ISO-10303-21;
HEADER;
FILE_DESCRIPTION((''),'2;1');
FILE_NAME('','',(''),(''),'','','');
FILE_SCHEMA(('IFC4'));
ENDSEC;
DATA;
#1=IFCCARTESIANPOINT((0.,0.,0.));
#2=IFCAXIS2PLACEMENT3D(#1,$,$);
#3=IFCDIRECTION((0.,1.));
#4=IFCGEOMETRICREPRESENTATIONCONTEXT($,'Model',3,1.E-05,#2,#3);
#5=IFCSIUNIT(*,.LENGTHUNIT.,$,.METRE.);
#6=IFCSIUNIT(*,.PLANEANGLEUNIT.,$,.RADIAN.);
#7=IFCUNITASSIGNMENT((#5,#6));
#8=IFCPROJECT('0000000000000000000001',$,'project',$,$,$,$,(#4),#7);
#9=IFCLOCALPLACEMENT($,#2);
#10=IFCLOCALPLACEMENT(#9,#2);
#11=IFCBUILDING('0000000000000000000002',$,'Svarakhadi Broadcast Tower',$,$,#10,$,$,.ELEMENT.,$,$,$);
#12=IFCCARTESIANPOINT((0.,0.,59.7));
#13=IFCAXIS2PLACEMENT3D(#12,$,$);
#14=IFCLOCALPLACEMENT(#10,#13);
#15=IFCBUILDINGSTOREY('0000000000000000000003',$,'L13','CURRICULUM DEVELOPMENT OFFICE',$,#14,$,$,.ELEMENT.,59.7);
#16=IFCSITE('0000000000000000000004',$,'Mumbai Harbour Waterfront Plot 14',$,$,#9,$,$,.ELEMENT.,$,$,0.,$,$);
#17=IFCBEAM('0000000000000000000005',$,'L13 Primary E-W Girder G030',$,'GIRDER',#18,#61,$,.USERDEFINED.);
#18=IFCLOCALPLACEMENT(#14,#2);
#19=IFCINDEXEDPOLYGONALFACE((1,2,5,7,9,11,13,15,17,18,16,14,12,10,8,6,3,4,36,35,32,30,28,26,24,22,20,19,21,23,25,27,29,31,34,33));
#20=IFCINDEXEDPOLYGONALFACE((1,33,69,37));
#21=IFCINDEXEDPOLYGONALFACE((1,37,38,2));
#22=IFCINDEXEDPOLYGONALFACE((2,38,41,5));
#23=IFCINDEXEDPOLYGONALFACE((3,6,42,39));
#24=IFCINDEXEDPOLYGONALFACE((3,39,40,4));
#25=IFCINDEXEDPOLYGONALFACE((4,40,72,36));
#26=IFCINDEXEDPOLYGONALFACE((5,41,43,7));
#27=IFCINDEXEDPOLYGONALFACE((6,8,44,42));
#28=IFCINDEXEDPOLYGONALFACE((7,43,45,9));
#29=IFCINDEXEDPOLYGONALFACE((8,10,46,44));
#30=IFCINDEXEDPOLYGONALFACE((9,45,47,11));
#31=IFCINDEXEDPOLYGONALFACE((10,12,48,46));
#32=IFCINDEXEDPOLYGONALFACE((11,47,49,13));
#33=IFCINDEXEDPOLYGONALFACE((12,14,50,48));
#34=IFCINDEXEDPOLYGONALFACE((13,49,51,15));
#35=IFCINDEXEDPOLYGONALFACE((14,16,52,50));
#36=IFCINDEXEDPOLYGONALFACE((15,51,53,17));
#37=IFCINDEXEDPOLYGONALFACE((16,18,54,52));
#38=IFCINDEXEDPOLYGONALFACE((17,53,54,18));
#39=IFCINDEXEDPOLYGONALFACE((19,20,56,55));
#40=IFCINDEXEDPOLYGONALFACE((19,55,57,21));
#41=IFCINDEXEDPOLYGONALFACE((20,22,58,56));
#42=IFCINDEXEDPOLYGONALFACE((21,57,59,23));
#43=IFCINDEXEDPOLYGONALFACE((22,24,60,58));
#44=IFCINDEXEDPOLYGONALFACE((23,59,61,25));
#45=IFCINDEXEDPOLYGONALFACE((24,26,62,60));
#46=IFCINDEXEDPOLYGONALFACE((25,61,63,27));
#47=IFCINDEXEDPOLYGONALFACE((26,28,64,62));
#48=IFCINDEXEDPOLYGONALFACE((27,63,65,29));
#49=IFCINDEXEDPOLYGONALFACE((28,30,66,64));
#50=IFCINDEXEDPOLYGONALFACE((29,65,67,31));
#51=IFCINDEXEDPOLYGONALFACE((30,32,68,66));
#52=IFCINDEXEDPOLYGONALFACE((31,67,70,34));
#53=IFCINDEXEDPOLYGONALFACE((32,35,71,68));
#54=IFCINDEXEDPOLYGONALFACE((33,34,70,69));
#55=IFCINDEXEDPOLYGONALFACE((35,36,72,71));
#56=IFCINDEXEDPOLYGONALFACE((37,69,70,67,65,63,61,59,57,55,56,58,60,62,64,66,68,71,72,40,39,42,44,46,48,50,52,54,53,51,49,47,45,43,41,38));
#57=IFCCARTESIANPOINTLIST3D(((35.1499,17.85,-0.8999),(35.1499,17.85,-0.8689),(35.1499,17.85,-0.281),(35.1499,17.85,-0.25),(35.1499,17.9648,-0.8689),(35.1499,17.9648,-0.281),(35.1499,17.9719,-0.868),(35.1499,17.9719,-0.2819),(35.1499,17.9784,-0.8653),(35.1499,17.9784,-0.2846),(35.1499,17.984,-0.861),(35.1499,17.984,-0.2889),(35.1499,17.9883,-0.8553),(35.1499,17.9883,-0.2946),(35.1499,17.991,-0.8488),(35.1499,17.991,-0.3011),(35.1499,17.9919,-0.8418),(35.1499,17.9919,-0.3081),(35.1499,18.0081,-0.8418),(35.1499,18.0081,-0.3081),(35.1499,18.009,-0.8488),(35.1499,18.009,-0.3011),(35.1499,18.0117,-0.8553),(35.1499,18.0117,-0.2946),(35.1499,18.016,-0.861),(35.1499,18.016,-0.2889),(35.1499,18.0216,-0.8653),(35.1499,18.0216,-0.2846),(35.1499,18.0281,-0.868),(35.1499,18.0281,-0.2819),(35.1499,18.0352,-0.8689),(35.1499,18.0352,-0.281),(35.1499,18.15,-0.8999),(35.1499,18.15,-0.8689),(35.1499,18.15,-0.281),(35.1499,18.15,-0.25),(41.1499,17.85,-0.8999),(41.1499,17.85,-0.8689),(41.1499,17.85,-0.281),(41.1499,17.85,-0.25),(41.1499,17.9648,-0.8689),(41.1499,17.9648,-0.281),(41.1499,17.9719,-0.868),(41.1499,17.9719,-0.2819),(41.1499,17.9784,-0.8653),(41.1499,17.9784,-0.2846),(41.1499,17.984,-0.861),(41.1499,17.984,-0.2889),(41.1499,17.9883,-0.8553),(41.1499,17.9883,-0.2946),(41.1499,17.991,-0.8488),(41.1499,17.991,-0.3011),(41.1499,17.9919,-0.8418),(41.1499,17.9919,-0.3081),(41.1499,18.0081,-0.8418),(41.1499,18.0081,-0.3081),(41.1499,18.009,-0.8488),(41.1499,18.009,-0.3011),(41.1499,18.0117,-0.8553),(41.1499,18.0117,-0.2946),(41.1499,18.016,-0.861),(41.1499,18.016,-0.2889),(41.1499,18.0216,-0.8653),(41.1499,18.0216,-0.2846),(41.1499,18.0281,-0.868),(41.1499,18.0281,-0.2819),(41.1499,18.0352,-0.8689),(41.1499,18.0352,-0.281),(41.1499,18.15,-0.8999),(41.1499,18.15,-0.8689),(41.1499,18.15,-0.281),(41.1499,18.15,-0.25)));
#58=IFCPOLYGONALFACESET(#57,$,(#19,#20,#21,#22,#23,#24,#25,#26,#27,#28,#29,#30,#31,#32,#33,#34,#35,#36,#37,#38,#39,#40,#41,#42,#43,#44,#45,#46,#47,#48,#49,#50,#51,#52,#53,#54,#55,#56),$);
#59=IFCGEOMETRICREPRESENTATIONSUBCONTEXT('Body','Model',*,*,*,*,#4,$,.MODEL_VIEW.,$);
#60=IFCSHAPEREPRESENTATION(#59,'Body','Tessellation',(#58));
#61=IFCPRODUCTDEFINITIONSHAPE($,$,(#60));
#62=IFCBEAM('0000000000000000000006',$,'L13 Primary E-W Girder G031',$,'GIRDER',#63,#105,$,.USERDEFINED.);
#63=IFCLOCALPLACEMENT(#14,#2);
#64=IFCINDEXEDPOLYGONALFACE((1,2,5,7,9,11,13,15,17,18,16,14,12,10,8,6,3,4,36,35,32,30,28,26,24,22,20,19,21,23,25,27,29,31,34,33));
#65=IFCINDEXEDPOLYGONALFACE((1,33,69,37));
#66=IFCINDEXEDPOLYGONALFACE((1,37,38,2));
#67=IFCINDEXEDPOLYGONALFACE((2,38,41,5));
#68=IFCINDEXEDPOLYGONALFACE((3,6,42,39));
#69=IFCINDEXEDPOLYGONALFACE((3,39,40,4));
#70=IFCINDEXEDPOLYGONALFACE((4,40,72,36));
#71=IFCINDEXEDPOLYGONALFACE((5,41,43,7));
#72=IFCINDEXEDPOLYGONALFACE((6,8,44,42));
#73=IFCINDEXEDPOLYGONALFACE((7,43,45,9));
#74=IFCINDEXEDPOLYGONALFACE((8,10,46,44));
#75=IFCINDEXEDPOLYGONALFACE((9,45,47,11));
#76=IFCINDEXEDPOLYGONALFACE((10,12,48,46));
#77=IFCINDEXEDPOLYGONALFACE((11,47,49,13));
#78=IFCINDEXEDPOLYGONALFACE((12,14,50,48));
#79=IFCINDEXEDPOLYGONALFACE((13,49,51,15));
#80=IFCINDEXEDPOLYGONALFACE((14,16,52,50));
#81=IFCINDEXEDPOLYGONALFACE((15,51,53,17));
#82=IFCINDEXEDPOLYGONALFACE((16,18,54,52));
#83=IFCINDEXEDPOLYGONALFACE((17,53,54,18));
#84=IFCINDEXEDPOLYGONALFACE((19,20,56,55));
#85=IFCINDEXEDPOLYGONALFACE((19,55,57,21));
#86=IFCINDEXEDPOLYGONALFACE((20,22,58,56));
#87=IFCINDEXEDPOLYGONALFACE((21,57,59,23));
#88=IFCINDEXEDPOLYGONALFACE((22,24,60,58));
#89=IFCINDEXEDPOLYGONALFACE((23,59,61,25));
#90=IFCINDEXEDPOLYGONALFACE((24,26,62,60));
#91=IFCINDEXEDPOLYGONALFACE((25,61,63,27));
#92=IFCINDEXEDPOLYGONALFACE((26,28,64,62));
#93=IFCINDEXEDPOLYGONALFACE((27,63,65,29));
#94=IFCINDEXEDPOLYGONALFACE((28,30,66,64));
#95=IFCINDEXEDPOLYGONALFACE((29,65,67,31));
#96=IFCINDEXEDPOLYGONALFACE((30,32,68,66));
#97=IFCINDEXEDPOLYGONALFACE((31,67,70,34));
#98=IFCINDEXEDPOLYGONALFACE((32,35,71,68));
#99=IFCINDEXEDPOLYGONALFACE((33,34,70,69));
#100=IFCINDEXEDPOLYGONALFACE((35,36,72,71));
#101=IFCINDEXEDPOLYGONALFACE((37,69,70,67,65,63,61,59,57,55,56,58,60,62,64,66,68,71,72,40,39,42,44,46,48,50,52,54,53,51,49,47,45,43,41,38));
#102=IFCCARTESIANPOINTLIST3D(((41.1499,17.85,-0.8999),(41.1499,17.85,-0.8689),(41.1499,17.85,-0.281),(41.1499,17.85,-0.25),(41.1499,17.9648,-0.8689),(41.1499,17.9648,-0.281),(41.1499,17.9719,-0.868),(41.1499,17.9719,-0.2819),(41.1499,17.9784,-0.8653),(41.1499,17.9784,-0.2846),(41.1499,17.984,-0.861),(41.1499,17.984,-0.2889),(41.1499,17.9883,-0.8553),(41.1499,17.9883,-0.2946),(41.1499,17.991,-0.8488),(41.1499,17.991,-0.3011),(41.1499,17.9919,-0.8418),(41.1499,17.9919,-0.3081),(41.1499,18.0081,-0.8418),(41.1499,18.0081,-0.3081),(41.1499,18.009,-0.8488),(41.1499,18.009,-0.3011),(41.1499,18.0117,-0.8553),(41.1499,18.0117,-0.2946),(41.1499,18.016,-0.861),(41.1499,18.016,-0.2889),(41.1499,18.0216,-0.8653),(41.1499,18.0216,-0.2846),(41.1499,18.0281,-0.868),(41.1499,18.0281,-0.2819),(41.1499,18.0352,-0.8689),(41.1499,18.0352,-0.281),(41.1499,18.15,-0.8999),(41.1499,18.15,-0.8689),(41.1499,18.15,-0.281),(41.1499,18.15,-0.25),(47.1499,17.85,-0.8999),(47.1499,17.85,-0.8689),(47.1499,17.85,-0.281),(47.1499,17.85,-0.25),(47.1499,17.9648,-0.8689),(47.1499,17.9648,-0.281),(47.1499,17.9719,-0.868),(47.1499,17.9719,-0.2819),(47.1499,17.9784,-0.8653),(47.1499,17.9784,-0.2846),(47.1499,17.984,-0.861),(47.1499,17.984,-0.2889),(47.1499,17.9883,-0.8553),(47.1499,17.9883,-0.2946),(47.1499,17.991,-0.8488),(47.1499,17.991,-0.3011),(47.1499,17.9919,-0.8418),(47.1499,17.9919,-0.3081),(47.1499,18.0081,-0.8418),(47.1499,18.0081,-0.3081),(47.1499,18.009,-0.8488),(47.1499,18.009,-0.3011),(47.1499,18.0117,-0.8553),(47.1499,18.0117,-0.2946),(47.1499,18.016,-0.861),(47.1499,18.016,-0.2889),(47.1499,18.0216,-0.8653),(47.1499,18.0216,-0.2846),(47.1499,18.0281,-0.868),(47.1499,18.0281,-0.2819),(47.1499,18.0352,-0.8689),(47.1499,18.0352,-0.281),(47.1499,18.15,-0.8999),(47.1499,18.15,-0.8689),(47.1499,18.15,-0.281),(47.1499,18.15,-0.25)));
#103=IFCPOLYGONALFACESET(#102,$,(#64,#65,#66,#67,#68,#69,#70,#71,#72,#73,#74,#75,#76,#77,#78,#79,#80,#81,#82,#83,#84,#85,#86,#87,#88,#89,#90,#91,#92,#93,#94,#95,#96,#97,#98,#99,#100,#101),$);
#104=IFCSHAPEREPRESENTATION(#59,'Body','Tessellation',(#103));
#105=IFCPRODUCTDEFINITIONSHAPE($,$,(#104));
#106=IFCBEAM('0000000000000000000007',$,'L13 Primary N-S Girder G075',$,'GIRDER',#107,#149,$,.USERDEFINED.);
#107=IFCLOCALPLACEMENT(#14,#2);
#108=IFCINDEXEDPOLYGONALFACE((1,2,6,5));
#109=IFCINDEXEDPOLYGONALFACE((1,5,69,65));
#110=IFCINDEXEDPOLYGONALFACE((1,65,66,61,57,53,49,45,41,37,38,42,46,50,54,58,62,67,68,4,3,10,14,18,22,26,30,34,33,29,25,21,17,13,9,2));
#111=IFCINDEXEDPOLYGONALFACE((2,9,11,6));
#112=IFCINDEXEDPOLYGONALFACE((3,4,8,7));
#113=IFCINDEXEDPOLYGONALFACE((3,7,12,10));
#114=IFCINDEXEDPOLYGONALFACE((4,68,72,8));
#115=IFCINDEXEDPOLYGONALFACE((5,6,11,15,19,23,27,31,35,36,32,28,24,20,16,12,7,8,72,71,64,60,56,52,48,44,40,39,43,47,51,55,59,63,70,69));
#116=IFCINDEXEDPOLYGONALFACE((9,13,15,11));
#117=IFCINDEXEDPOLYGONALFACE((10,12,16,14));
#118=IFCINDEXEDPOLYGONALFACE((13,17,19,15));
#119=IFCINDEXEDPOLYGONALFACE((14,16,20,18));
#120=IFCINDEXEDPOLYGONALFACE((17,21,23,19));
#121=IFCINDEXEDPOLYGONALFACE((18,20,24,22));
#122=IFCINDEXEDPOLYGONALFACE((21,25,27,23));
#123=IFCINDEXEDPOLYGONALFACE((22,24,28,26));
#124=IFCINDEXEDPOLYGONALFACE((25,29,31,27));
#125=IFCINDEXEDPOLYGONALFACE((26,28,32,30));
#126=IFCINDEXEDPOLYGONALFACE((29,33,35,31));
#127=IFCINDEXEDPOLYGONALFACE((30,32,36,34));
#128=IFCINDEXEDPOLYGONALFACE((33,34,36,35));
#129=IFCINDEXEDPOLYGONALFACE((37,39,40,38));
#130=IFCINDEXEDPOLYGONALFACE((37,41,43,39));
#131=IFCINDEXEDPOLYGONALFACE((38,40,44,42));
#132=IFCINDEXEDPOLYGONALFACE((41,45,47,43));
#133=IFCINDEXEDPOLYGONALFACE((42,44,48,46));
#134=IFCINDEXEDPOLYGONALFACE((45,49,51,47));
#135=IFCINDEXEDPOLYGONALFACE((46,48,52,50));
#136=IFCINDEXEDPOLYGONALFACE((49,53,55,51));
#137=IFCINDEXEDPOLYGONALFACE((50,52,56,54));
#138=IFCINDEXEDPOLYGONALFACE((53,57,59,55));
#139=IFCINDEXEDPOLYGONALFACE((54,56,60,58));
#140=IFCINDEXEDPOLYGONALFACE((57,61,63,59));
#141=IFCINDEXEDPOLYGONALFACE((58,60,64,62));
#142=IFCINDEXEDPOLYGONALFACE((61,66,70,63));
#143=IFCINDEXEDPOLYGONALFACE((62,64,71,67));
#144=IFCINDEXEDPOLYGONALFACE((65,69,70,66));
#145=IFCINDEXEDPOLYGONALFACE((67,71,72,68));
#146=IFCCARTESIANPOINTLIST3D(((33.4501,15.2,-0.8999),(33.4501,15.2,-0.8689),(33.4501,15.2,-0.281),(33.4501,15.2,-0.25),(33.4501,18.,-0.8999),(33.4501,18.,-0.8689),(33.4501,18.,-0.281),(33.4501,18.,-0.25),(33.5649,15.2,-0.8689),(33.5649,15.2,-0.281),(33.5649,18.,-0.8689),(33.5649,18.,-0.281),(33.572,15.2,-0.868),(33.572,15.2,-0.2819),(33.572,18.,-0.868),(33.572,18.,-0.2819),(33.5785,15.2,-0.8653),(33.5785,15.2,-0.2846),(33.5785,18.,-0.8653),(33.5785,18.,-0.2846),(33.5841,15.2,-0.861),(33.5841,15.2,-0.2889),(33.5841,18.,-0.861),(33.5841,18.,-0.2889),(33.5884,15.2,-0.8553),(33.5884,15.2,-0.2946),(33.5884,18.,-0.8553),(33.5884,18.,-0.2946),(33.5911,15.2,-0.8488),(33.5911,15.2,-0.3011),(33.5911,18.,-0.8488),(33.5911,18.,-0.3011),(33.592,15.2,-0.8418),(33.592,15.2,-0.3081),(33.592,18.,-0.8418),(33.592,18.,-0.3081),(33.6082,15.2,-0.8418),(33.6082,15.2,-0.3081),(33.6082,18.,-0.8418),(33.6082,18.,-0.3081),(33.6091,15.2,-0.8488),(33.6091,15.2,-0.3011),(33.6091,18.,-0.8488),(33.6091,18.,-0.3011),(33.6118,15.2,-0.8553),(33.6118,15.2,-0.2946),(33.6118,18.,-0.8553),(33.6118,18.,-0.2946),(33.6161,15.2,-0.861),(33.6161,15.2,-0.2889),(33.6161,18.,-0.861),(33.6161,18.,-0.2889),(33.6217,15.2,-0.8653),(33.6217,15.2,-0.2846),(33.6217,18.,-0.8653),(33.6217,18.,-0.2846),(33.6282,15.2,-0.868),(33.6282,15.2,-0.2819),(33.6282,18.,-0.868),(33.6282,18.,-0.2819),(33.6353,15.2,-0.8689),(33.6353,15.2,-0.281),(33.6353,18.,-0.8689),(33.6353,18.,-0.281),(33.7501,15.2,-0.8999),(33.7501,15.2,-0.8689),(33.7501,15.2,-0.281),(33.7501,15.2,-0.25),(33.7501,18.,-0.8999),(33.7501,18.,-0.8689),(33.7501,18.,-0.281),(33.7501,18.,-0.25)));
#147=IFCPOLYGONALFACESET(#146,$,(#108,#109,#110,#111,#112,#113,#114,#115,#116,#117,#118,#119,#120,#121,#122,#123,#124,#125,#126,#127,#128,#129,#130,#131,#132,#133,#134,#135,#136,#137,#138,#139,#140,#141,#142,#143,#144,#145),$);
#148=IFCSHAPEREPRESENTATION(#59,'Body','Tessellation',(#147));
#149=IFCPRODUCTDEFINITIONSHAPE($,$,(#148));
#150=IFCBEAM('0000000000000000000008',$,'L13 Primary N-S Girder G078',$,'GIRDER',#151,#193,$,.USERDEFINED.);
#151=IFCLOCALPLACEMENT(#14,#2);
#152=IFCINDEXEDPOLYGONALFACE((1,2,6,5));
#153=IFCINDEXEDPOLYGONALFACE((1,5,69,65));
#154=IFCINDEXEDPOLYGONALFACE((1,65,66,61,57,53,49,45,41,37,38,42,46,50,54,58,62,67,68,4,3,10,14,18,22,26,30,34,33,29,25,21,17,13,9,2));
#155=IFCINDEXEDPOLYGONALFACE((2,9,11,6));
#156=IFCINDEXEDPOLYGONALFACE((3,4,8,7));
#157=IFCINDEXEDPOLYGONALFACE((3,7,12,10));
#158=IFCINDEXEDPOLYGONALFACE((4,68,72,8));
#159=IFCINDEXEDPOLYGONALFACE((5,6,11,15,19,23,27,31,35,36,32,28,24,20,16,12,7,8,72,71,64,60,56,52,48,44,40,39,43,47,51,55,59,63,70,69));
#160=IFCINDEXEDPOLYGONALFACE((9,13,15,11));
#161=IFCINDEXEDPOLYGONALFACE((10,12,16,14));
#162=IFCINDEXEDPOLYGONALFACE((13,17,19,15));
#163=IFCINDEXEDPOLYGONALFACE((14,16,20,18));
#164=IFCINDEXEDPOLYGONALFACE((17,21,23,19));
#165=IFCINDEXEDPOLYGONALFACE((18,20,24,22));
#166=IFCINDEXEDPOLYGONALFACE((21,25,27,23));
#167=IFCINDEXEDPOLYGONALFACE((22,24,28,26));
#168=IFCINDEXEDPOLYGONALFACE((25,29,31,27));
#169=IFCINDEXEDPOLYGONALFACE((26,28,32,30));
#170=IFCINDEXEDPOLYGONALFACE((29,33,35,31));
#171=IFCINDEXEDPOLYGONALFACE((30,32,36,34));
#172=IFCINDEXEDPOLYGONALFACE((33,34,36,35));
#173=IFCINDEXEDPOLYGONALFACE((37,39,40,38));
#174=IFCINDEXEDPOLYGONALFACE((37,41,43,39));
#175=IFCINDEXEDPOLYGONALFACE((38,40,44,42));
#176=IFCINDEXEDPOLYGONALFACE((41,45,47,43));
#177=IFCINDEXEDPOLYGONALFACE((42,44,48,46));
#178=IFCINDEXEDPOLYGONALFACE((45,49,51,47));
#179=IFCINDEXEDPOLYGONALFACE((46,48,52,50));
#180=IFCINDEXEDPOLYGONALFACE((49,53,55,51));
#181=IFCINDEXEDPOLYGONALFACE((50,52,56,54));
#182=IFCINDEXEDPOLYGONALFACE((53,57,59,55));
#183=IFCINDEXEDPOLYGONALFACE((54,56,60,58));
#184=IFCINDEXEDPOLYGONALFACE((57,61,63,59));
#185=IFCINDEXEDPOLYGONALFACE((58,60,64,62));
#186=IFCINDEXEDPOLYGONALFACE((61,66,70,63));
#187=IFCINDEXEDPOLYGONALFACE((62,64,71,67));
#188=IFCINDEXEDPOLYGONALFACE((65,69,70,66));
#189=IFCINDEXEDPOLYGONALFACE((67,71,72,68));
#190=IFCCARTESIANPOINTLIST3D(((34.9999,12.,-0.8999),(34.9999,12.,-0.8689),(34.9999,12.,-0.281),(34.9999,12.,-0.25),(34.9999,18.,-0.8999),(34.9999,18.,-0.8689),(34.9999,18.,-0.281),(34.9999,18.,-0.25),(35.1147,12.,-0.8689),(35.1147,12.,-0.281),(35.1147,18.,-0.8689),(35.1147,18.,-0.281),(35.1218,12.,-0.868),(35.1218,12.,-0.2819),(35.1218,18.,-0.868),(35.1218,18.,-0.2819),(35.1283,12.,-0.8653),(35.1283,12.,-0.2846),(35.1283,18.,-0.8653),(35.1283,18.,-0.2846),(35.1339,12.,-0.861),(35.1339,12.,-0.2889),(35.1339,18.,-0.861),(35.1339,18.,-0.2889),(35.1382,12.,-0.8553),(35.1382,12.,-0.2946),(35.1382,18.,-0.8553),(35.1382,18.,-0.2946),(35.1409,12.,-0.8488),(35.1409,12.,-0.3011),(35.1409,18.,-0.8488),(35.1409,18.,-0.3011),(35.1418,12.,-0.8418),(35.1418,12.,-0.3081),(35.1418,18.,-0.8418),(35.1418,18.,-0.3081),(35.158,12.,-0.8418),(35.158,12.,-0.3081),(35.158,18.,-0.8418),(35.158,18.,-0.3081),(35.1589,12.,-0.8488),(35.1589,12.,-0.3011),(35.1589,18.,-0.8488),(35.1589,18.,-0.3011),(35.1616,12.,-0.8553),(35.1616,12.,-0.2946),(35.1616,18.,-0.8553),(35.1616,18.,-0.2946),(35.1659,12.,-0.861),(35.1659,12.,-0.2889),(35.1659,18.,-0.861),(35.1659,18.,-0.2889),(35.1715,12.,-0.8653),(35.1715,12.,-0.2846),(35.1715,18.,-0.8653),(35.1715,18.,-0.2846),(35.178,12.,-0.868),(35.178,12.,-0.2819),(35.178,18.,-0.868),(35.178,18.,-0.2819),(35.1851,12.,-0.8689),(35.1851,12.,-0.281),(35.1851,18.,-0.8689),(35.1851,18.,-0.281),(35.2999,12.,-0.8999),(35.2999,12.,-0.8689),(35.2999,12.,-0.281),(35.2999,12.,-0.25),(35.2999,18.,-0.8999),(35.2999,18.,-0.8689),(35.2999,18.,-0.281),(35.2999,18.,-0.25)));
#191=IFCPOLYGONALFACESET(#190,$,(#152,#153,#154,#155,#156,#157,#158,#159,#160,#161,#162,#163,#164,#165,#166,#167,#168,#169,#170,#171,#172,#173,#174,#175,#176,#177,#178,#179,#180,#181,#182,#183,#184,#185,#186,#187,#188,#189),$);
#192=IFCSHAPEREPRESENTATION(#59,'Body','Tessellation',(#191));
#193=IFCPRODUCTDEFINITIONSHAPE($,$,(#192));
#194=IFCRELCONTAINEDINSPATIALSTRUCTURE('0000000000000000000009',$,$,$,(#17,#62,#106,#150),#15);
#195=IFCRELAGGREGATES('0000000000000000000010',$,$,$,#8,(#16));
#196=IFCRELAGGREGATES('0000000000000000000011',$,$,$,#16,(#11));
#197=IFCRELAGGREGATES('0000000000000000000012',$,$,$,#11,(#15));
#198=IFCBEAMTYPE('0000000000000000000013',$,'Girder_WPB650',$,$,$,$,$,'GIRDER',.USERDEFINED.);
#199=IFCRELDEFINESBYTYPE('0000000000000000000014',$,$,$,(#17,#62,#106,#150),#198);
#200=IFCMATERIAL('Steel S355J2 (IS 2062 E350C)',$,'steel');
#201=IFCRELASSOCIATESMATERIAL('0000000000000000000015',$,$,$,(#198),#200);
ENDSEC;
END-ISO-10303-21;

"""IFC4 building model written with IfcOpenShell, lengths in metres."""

from ifc_helpers import new_model, si_unit, direction, frame, origin, origin_2d, place, context, subcontext, project, spatial, i_section, extrude, material, material_profile, profile_set, type_object, element, save


model = new_model("IFC4")

# Units and contexts
model_context = context("Model", 3, precision=1e-05, world=origin(), true_north=direction((0.0, 1.0)))
body_context = subcontext(model_context, "Body", "Model", "MODEL_VIEW")
ifc_project = project(units=[si_unit("LENGTHUNIT", "METRE"), si_unit("PLANEANGLEUNIT", "RADIAN")], contexts=[model_context])

# Site, building, storey
site_placement = place(None, origin())
site = spatial("IfcSite", under=ifc_project, at=site_placement, Name="Mumbai Harbour Waterfront Plot 14", CompositionType="ELEMENT", RefElevation=0.0)
building_placement = place(site_placement, origin())
building = spatial("IfcBuilding", under=site, at=building_placement, Name="Svarakhadi Broadcast Tower", CompositionType="ELEMENT")
storey_placement = place(building_placement, frame((0.0, 0.0, 59.7)))
storey = spatial("IfcBuildingStorey", under=building, at=storey_placement, Name="L13", Description="CURRICULUM DEVELOPMENT OFFICE", CompositionType="ELEMENT", Elevation=59.7)

# Shared definitions
ifc_material_1 = material(Name="Steel S355J2 (IS 2062 E350C)", Category="steel")

# Beams
ifc_material_profile_1 = material_profile(ifc_material_1, i_section(OverallWidth=0.3, OverallDepth=0.6499, WebThickness=0.0161, FlangeThickness=0.031, FilletRadius=0.0271, at=origin_2d()), Name="WPB 650x300x225")
ifc_profile_set_1 = profile_set([ifc_material_profile_1], Name="Steel S355J2 (IS 2062 E350C)")
beam_type_1 = type_object("IfcBeamType", Name="Girder_WPB650", ElementType="GIRDER", PredefinedType="USERDEFINED", material=ifc_profile_set_1)
for number, where, z_axis, x_axis, name in (
    (1, (35.1499, 18.0, -0.575), (1.0, 0.0, 0.0), (0.0, 1.0, 0.0), "L13 Primary E-W Girder G030"),
    (2, (41.1499, 18.0, -0.575), (1.0, 0.0, 0.0), (0.0, 1.0, 0.0), "L13 Primary E-W Girder G031"),
):
    element("IfcBeam", number, at=place(storey_placement, frame(where, z_axis=z_axis, x_axis=x_axis)), inside=storey, type_object=beam_type_1, Name=name, ObjectType="GIRDER", PredefinedType="USERDEFINED", context=body_context, shape_type="SweptSolid", body=[
        extrude(i_section(OverallWidth=0.3, OverallDepth=0.6499, WebThickness=0.0161, FlangeThickness=0.031, FilletRadius=0.0271, at=origin_2d()), origin(), (0.0, 0.0, 1.0), 6.0),
    ])
beam_placement = place(storey_placement, frame((33.6001, 15.2, -0.575), z_axis=(0.0, 1.0, 0.0), x_axis=(-1.0, 0.0, 0.0)))
element("IfcBeam", 3, at=beam_placement, inside=storey, type_object=beam_type_1, Name="L13 Primary N-S Girder G075", ObjectType="GIRDER", PredefinedType="USERDEFINED", context=body_context, shape_type="SweptSolid", body=[
    extrude(i_section(OverallWidth=0.3, OverallDepth=0.6499, WebThickness=0.0161, FlangeThickness=0.031, FilletRadius=0.0271, at=origin_2d()), origin(), (0.0, 0.0, 1.0), 2.8),
])
for number, where, z_axis, x_axis, name in (
    (4, (35.1499, 12.0, -0.575), (0.0, 1.0, 0.0), (-1.0, 0.0, 0.0), "L13 Primary N-S Girder G078"),
):
    element("IfcBeam", number, at=place(storey_placement, frame(where, z_axis=z_axis, x_axis=x_axis)), inside=storey, type_object=beam_type_1, Name=name, ObjectType="GIRDER", PredefinedType="USERDEFINED", context=body_context, shape_type="SweptSolid", body=[
        extrude(i_section(OverallWidth=0.3, OverallDepth=0.6499, WebThickness=0.0161, FlangeThickness=0.031, FilletRadius=0.0271, at=origin_2d()), origin(), (0.0, 0.0, 1.0), 6.0),
    ])

save(model, "model.ifc")
